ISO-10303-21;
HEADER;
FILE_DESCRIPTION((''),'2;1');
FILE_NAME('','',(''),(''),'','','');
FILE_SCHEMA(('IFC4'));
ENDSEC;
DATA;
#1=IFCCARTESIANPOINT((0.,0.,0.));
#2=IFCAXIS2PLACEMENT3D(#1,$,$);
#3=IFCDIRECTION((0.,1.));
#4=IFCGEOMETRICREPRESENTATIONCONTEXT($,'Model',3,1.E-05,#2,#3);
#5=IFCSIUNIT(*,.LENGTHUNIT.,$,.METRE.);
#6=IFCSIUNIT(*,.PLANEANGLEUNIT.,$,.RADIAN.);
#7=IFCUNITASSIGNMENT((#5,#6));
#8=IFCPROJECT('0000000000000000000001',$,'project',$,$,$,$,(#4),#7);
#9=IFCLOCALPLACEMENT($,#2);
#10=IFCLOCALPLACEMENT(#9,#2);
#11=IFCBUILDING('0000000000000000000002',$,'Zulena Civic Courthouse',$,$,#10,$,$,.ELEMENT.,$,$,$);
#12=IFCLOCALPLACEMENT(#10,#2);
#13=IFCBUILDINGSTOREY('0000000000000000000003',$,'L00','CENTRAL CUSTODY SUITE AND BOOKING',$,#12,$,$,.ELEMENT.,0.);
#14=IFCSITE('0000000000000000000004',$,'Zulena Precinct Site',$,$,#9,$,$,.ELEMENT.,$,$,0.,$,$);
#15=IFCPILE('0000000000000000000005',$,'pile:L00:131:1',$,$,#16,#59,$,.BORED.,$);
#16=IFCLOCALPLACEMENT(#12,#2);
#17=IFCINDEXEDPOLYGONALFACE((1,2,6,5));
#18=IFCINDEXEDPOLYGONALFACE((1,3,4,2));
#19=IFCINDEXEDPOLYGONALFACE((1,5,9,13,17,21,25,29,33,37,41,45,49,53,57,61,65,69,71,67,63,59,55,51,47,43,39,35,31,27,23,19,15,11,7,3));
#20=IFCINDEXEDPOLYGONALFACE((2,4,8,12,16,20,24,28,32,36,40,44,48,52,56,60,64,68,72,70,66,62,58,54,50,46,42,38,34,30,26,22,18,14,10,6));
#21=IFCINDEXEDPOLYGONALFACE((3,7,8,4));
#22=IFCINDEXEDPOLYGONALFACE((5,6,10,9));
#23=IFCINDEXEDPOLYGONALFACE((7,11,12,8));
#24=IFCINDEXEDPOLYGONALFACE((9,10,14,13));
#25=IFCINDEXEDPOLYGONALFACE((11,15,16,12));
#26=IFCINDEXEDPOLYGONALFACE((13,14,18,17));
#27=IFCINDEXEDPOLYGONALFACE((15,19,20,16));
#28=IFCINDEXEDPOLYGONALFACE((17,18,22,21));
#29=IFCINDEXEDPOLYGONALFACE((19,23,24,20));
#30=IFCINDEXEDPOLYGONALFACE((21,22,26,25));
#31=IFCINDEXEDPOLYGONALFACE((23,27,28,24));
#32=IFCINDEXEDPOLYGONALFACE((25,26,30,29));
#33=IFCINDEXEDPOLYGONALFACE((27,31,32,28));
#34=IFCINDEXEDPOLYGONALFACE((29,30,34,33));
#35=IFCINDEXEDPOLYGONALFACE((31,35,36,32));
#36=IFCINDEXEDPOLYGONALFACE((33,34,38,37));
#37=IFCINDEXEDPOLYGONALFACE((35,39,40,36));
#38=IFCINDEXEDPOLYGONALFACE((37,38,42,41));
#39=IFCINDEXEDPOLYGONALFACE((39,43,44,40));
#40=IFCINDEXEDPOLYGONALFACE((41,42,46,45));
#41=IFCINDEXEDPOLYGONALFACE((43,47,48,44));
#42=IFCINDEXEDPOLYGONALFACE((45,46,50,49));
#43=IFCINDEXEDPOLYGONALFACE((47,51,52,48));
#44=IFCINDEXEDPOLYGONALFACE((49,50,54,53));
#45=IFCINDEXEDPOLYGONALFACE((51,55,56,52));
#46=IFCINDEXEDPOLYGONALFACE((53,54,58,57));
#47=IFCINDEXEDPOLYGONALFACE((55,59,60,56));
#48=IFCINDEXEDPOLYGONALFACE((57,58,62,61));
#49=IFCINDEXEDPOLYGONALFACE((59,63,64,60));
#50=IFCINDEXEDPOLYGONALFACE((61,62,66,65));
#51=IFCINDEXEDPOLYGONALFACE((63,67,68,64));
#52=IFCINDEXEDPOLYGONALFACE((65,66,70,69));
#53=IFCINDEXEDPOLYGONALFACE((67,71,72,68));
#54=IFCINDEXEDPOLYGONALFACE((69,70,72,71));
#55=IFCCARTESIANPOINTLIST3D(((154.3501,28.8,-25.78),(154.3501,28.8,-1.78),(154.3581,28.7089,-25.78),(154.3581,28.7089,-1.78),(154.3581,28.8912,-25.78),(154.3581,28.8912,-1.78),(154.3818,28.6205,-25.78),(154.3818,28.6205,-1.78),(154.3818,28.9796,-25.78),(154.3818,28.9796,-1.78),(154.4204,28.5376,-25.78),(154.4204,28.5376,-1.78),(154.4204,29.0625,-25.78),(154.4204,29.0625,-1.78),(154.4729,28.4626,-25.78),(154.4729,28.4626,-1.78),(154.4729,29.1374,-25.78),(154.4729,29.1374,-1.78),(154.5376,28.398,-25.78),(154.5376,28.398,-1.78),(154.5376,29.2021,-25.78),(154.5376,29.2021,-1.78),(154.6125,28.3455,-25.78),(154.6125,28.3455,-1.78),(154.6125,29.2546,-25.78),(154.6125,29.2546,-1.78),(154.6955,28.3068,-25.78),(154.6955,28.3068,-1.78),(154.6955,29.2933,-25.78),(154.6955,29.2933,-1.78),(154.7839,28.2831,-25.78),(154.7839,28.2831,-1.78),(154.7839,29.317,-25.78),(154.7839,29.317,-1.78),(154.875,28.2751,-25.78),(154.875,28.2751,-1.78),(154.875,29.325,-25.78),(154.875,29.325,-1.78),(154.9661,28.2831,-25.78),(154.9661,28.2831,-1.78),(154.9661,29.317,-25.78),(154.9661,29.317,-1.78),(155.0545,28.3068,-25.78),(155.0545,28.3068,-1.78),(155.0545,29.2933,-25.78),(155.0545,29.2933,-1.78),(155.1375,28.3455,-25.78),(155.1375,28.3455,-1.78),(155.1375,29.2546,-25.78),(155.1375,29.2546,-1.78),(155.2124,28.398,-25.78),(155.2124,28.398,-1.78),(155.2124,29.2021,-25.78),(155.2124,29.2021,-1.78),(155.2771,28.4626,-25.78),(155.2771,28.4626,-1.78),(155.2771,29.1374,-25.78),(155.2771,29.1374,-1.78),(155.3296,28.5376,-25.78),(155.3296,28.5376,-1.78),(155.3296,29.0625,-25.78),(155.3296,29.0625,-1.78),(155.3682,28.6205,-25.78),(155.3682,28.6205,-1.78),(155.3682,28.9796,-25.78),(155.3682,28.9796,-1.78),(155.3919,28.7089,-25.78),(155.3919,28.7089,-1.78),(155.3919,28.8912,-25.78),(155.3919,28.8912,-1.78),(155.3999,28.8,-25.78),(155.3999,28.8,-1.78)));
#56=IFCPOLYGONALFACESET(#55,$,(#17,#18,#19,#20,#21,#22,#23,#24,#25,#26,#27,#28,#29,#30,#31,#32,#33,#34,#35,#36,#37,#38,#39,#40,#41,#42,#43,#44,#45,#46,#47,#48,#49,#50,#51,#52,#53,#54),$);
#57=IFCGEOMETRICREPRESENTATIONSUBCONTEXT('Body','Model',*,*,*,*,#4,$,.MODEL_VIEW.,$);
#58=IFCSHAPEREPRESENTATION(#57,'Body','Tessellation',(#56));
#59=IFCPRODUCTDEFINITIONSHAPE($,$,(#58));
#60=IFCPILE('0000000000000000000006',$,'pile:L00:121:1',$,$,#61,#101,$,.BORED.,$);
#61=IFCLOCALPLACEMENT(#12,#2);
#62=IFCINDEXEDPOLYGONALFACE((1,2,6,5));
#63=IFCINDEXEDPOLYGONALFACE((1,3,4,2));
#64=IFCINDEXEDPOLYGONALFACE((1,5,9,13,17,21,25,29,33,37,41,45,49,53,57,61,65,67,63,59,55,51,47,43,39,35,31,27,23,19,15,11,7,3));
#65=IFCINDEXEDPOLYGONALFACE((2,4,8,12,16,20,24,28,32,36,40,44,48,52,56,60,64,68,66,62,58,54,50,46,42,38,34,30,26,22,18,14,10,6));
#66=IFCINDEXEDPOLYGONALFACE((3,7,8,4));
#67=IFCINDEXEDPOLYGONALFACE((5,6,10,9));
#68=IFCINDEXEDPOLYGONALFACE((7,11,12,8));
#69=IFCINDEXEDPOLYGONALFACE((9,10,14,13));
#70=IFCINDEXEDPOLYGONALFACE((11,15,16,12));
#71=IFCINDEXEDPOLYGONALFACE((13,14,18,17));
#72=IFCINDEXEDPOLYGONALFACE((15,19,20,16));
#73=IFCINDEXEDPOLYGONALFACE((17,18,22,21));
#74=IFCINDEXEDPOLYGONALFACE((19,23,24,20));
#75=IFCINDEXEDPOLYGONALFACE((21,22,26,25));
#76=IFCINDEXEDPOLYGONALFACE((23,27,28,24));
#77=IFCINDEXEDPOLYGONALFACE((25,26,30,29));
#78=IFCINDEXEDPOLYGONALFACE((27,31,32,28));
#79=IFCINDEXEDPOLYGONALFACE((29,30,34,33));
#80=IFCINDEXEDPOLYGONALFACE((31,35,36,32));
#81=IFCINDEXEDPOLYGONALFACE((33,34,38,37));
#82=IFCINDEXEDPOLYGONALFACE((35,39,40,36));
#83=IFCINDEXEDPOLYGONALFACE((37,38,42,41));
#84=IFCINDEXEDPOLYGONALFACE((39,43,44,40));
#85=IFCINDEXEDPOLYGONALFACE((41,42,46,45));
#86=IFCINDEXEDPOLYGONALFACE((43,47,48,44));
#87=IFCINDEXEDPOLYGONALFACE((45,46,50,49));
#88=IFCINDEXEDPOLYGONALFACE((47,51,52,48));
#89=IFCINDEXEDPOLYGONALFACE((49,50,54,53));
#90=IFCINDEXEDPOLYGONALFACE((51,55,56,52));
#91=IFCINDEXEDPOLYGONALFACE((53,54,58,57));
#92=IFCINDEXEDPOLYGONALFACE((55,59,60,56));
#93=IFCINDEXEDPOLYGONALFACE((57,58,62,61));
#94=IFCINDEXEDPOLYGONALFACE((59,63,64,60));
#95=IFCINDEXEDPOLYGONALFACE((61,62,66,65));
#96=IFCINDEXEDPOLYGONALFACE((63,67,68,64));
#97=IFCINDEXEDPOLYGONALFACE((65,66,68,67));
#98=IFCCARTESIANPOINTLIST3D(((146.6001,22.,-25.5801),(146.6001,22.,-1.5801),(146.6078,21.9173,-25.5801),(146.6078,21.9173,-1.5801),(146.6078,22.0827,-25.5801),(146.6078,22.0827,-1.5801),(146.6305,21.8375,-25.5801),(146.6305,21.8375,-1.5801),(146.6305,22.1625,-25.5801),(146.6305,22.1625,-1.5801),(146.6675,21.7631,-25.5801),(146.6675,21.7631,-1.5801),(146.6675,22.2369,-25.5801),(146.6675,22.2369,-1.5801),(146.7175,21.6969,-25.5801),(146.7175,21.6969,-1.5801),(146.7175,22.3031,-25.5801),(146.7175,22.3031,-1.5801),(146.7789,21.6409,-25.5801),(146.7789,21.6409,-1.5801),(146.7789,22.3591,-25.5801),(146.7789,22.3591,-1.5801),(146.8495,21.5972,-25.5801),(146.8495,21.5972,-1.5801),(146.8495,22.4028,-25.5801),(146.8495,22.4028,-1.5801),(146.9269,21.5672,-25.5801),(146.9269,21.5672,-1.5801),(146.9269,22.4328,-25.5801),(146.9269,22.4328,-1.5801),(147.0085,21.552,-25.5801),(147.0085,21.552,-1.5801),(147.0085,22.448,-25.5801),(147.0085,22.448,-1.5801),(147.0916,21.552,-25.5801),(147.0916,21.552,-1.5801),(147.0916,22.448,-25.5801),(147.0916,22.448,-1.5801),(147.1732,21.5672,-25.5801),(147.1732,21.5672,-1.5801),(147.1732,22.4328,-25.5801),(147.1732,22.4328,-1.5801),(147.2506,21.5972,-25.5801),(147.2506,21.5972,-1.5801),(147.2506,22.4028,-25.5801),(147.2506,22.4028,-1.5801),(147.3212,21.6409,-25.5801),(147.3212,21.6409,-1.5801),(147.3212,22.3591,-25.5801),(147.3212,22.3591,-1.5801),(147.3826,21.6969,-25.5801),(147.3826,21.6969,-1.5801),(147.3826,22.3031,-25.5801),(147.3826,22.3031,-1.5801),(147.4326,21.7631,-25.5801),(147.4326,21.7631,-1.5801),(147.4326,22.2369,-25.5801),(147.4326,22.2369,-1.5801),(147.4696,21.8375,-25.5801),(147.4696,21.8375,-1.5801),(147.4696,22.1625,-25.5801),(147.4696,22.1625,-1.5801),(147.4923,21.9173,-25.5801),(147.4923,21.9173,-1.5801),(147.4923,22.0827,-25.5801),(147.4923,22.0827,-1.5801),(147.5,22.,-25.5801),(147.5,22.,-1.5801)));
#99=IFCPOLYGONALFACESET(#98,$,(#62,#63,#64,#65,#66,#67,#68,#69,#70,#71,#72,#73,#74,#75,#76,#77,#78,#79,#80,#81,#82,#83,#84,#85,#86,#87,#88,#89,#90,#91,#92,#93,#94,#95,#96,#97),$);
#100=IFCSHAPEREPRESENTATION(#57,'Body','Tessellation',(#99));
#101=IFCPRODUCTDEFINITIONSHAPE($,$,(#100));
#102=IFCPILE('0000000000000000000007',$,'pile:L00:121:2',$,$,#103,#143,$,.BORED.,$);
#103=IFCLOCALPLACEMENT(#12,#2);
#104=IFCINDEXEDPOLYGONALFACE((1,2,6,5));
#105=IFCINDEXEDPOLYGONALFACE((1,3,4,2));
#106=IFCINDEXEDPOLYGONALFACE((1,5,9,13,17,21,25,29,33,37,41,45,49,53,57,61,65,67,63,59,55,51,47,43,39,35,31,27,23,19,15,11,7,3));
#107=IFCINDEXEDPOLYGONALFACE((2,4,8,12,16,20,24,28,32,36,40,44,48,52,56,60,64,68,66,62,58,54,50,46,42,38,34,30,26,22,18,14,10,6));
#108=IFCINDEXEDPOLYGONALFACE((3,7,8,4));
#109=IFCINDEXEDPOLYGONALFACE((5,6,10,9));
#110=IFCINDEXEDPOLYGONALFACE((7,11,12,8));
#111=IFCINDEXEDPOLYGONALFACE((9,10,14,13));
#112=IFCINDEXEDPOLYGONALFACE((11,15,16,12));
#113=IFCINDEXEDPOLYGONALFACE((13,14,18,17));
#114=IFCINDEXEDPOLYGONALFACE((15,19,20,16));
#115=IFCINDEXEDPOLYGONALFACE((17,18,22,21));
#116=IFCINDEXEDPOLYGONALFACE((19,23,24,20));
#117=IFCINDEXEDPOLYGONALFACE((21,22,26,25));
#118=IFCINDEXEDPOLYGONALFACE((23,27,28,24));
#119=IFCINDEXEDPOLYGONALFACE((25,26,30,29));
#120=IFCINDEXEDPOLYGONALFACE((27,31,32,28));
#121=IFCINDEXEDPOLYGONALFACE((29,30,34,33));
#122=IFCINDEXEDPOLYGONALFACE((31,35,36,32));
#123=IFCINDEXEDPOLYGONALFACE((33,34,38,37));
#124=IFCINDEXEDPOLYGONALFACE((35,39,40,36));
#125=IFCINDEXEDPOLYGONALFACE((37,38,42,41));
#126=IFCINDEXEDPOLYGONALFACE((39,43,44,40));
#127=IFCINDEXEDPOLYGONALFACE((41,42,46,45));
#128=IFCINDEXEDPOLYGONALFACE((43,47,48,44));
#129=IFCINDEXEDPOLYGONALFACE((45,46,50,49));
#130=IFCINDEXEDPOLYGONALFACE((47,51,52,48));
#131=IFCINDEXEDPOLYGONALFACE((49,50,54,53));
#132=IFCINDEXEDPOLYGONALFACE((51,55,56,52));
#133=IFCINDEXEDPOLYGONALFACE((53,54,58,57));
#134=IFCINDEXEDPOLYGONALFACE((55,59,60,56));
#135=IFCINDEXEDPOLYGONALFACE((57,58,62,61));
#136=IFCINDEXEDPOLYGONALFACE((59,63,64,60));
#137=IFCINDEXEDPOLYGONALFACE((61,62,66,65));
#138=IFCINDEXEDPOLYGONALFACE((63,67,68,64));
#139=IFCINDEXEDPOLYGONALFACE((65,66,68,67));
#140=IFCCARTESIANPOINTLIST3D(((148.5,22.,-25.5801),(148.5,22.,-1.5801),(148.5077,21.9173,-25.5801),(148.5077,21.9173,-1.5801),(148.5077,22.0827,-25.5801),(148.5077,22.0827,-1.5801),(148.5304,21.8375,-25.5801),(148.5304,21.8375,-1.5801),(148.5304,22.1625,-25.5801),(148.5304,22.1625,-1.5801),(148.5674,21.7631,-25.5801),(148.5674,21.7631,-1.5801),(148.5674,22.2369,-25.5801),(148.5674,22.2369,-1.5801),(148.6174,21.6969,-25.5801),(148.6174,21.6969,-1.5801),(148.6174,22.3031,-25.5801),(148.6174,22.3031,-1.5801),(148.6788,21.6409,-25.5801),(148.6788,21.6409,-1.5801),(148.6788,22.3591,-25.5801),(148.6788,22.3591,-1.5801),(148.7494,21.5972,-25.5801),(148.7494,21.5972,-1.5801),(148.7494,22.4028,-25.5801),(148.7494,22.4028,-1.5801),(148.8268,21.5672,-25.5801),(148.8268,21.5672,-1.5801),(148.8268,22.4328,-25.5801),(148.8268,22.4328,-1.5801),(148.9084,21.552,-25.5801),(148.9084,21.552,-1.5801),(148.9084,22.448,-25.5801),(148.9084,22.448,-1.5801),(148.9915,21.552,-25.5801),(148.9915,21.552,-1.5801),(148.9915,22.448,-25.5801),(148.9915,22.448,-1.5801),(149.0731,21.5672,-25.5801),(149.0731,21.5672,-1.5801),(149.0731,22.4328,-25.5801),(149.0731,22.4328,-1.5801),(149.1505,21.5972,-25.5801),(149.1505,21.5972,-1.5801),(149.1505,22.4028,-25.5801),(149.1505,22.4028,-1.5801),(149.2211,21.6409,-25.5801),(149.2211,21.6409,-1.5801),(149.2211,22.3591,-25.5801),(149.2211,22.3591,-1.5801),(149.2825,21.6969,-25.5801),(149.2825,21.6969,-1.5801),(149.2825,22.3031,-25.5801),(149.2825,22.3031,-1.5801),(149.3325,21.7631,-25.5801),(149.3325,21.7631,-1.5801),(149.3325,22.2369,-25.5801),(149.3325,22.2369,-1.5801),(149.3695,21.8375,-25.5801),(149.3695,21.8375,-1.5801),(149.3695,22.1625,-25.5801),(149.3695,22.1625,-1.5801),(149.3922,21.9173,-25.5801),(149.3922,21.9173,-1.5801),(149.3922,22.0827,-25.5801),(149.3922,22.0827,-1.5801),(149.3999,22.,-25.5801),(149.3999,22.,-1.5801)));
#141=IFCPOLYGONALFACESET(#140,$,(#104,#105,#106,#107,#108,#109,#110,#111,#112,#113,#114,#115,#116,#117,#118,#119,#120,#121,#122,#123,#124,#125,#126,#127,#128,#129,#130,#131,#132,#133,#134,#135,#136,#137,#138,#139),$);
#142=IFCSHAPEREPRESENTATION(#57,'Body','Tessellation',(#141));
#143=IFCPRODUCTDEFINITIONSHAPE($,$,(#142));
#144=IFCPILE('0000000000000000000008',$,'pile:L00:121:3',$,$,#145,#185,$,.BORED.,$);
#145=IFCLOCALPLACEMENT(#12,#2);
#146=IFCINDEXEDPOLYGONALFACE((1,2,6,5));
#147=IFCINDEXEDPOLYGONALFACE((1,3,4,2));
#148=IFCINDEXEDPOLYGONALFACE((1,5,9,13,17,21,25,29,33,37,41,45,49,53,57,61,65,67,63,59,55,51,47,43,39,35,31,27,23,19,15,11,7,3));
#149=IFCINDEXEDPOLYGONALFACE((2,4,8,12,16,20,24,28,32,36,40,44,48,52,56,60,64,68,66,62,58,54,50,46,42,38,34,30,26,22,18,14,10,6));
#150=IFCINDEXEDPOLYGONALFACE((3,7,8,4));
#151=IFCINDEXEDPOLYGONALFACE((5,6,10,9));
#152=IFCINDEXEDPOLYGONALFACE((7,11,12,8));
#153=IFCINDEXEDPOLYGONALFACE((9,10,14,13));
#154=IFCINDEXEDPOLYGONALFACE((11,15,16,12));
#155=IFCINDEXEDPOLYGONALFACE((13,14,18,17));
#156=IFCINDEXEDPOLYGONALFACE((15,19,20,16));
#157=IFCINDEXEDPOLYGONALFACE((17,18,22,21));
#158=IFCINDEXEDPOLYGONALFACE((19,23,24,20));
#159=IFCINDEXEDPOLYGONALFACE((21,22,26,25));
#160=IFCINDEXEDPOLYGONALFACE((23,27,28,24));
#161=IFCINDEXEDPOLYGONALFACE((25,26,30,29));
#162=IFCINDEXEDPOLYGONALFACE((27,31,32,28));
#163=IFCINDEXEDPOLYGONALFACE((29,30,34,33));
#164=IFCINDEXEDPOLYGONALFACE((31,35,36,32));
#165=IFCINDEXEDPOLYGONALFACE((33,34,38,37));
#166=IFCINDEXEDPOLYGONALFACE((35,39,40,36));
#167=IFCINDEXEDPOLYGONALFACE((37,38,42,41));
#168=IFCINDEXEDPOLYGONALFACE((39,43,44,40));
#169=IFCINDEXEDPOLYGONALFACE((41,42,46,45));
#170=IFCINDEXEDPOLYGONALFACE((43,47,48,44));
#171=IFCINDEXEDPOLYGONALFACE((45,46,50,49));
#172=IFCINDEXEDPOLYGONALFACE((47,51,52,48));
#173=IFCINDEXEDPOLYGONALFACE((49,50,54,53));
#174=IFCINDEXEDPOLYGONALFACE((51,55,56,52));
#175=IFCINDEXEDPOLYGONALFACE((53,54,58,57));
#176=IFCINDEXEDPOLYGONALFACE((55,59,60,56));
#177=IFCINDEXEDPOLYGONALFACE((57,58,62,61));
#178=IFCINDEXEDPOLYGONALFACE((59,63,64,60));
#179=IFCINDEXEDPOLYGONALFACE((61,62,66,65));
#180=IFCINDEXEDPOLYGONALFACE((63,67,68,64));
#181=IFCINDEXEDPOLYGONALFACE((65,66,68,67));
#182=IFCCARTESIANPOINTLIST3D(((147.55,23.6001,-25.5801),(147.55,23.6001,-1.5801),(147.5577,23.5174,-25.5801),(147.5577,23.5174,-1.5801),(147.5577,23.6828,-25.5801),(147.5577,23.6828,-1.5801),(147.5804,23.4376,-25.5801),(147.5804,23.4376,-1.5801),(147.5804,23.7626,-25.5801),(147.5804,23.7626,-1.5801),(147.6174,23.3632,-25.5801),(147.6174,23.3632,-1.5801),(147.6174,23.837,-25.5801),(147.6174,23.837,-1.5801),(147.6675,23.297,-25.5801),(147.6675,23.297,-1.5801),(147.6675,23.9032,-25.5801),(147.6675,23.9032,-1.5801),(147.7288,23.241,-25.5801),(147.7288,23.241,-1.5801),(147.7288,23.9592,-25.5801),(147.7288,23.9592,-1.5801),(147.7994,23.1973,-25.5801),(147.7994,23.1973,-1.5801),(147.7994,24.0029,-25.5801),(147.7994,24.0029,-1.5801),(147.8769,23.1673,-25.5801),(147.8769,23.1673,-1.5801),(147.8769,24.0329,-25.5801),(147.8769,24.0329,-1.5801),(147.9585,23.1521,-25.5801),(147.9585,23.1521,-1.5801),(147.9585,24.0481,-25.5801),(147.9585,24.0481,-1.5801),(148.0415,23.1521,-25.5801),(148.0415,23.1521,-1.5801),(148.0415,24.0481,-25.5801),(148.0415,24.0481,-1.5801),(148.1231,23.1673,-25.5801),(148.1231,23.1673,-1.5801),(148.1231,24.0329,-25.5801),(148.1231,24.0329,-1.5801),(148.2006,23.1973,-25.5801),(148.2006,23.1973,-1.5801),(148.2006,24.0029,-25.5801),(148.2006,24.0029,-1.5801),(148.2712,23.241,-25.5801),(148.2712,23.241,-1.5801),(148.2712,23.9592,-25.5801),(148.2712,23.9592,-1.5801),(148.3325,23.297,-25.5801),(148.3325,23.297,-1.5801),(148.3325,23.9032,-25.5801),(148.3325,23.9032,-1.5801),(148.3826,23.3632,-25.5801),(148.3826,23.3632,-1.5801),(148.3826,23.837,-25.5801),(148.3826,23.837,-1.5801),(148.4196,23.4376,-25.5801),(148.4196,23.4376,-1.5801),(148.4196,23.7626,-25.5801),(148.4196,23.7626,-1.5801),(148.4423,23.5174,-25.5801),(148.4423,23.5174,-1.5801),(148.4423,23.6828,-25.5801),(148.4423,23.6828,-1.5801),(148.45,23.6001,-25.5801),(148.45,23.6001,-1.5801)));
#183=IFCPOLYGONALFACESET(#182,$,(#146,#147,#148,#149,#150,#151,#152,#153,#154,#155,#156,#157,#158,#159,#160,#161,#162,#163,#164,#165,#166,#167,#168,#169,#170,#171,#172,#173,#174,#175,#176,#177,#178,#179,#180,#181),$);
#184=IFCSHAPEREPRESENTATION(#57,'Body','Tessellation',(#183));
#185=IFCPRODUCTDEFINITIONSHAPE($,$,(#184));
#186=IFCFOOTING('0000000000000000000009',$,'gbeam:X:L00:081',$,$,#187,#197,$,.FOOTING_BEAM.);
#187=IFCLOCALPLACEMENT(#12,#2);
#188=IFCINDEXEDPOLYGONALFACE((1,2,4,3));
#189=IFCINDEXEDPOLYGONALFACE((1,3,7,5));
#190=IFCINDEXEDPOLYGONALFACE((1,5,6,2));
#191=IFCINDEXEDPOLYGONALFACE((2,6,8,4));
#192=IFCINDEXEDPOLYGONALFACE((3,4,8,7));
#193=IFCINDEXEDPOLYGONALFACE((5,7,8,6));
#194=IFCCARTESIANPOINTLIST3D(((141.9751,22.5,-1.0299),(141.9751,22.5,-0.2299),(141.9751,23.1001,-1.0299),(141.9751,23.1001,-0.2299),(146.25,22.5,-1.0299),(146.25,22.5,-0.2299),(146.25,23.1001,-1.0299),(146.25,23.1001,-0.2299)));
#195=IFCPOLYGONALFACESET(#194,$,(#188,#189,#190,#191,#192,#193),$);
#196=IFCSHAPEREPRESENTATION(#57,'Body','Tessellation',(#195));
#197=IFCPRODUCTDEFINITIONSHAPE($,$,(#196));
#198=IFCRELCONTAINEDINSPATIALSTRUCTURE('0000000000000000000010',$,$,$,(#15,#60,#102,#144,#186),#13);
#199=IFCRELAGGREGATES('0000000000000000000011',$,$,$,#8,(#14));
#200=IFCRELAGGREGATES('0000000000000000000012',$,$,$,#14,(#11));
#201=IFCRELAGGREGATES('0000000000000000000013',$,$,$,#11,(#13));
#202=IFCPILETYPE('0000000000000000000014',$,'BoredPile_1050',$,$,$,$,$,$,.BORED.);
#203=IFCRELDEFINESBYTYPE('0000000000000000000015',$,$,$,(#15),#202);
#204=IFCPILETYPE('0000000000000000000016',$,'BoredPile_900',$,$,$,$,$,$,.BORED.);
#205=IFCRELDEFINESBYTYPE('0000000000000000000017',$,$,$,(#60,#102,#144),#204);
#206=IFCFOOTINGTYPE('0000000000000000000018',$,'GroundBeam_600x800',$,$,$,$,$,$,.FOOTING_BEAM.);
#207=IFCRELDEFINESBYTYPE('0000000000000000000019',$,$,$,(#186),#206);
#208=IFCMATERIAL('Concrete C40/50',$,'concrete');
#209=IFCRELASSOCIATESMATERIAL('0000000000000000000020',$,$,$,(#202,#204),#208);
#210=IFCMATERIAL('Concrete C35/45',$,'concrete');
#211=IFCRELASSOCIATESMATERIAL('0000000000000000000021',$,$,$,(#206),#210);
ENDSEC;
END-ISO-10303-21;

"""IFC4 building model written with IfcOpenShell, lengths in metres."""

from ifc_helpers import new_model, si_unit, direction, frame, origin, origin_2d, place, context, subcontext, project, spatial, rectangle, circle, extrude, material, material_profile, profile_set, type_object, element, save


model = new_model("IFC4")

# Units and contexts
model_context = context("Model", 3, precision=1e-05, world=origin(), true_north=direction((0.0, 1.0)))
body_context = subcontext(model_context, "Body", "Model", "MODEL_VIEW")
ifc_project = project(units=[si_unit("LENGTHUNIT", "METRE"), si_unit("PLANEANGLEUNIT", "RADIAN")], contexts=[model_context])

# Site, building, storey
site_placement = place(None, origin())
site = spatial("IfcSite", under=ifc_project, at=site_placement, Name="Zulena Precinct Site", CompositionType="ELEMENT", RefElevation=0.0)
building_placement = place(site_placement, origin())
building = spatial("IfcBuilding", under=site, at=building_placement, Name="Zulena Civic Courthouse", CompositionType="ELEMENT")
storey_placement = place(building_placement, origin())
storey = spatial("IfcBuildingStorey", under=building, at=storey_placement, Name="L00", Description="CENTRAL CUSTODY SUITE AND BOOKING", CompositionType="ELEMENT", Elevation=0.0)

# Piles
ifc_material_1 = material(Name="Concrete C40/50", Category="concrete")
ifc_material_profile_1 = material_profile(ifc_material_1, circle(Radius=0.5249, at=origin_2d()), Name="PILE1050")
ifc_profile_set_1 = profile_set([ifc_material_profile_1], Name="Concrete C40/50")
pile_type_1 = type_object("IfcPileType", Name="BoredPile_1050", PredefinedType="BORED", material=ifc_profile_set_1)
for number, where, z_axis, x_axis, name in (
    (1, (154.875, 28.8, -1.78), (0.0, 0.0, -1.0), (1.0, 0.0, 0.0), "pile:L00:131:1"),
):
    element("IfcPile", number, at=place(storey_placement, frame(where, z_axis=z_axis, x_axis=x_axis)), inside=storey, type_object=pile_type_1, Name=name, PredefinedType="BORED", context=body_context, shape_type="SweptSolid", body=[
        extrude(circle(Radius=0.5249, at=origin_2d()), origin(), (0.0, 0.0, 1.0), 24.0),
    ])
ifc_material_profile_2 = material_profile(ifc_material_1, circle(Radius=0.45, at=origin_2d()), Name="PILE900")
ifc_profile_set_2 = profile_set([ifc_material_profile_2], Name="Concrete C40/50")
pile_type_2 = type_object("IfcPileType", Name="BoredPile_900", PredefinedType="BORED", material=ifc_profile_set_2)
for number, where, z_axis, x_axis, name in (
    (2, (147.05, 22.0, -1.5801), (0.0, 0.0, -1.0), (1.0, 0.0, 0.0), "pile:L00:121:1"),
    (3, (148.95, 22.0, -1.5801), (0.0, 0.0, -1.0), (1.0, 0.0, 0.0), "pile:L00:121:2"),
    (4, (148.0, 23.6001, -1.5801), (0.0, 0.0, -1.0), (1.0, 0.0, 0.0), "pile:L00:121:3"),
):
    element("IfcPile", number, at=place(storey_placement, frame(where, z_axis=z_axis, x_axis=x_axis)), inside=storey, type_object=pile_type_2, Name=name, PredefinedType="BORED", context=body_context, shape_type="SweptSolid", body=[
        extrude(circle(Radius=0.45, at=origin_2d()), origin(), (0.0, 0.0, 1.0), 24.0),
    ])

# Footing
ifc_material_2 = material(Name="Concrete C35/45", Category="concrete")
ifc_material_profile_3 = material_profile(ifc_material_2, rectangle(XDim=0.6001, YDim=0.8, at=origin_2d()), Name="RC600X800")
ifc_profile_set_3 = profile_set([ifc_material_profile_3], Name="Concrete C35/45")
footing_type_1 = type_object("IfcFootingType", Name="GroundBeam_600x800", PredefinedType="FOOTING_BEAM", material=ifc_profile_set_3)
for number, where, z_axis, x_axis, name in (
    (5, (141.9751, 22.8, -0.6299), (1.0, 0.0, 0.0), (0.0, 1.0, 0.0), "gbeam:X:L00:081"),
):
    element("IfcFooting", number, at=place(storey_placement, frame(where, z_axis=z_axis, x_axis=x_axis)), inside=storey, type_object=footing_type_1, Name=name, PredefinedType="FOOTING_BEAM", context=body_context, shape_type="SweptSolid", body=[
        extrude(rectangle(XDim=0.6001, YDim=0.8, at=origin_2d()), origin(), (0.0, 0.0, 1.0), 4.2749),
    ])

save(model, "model.ifc")
